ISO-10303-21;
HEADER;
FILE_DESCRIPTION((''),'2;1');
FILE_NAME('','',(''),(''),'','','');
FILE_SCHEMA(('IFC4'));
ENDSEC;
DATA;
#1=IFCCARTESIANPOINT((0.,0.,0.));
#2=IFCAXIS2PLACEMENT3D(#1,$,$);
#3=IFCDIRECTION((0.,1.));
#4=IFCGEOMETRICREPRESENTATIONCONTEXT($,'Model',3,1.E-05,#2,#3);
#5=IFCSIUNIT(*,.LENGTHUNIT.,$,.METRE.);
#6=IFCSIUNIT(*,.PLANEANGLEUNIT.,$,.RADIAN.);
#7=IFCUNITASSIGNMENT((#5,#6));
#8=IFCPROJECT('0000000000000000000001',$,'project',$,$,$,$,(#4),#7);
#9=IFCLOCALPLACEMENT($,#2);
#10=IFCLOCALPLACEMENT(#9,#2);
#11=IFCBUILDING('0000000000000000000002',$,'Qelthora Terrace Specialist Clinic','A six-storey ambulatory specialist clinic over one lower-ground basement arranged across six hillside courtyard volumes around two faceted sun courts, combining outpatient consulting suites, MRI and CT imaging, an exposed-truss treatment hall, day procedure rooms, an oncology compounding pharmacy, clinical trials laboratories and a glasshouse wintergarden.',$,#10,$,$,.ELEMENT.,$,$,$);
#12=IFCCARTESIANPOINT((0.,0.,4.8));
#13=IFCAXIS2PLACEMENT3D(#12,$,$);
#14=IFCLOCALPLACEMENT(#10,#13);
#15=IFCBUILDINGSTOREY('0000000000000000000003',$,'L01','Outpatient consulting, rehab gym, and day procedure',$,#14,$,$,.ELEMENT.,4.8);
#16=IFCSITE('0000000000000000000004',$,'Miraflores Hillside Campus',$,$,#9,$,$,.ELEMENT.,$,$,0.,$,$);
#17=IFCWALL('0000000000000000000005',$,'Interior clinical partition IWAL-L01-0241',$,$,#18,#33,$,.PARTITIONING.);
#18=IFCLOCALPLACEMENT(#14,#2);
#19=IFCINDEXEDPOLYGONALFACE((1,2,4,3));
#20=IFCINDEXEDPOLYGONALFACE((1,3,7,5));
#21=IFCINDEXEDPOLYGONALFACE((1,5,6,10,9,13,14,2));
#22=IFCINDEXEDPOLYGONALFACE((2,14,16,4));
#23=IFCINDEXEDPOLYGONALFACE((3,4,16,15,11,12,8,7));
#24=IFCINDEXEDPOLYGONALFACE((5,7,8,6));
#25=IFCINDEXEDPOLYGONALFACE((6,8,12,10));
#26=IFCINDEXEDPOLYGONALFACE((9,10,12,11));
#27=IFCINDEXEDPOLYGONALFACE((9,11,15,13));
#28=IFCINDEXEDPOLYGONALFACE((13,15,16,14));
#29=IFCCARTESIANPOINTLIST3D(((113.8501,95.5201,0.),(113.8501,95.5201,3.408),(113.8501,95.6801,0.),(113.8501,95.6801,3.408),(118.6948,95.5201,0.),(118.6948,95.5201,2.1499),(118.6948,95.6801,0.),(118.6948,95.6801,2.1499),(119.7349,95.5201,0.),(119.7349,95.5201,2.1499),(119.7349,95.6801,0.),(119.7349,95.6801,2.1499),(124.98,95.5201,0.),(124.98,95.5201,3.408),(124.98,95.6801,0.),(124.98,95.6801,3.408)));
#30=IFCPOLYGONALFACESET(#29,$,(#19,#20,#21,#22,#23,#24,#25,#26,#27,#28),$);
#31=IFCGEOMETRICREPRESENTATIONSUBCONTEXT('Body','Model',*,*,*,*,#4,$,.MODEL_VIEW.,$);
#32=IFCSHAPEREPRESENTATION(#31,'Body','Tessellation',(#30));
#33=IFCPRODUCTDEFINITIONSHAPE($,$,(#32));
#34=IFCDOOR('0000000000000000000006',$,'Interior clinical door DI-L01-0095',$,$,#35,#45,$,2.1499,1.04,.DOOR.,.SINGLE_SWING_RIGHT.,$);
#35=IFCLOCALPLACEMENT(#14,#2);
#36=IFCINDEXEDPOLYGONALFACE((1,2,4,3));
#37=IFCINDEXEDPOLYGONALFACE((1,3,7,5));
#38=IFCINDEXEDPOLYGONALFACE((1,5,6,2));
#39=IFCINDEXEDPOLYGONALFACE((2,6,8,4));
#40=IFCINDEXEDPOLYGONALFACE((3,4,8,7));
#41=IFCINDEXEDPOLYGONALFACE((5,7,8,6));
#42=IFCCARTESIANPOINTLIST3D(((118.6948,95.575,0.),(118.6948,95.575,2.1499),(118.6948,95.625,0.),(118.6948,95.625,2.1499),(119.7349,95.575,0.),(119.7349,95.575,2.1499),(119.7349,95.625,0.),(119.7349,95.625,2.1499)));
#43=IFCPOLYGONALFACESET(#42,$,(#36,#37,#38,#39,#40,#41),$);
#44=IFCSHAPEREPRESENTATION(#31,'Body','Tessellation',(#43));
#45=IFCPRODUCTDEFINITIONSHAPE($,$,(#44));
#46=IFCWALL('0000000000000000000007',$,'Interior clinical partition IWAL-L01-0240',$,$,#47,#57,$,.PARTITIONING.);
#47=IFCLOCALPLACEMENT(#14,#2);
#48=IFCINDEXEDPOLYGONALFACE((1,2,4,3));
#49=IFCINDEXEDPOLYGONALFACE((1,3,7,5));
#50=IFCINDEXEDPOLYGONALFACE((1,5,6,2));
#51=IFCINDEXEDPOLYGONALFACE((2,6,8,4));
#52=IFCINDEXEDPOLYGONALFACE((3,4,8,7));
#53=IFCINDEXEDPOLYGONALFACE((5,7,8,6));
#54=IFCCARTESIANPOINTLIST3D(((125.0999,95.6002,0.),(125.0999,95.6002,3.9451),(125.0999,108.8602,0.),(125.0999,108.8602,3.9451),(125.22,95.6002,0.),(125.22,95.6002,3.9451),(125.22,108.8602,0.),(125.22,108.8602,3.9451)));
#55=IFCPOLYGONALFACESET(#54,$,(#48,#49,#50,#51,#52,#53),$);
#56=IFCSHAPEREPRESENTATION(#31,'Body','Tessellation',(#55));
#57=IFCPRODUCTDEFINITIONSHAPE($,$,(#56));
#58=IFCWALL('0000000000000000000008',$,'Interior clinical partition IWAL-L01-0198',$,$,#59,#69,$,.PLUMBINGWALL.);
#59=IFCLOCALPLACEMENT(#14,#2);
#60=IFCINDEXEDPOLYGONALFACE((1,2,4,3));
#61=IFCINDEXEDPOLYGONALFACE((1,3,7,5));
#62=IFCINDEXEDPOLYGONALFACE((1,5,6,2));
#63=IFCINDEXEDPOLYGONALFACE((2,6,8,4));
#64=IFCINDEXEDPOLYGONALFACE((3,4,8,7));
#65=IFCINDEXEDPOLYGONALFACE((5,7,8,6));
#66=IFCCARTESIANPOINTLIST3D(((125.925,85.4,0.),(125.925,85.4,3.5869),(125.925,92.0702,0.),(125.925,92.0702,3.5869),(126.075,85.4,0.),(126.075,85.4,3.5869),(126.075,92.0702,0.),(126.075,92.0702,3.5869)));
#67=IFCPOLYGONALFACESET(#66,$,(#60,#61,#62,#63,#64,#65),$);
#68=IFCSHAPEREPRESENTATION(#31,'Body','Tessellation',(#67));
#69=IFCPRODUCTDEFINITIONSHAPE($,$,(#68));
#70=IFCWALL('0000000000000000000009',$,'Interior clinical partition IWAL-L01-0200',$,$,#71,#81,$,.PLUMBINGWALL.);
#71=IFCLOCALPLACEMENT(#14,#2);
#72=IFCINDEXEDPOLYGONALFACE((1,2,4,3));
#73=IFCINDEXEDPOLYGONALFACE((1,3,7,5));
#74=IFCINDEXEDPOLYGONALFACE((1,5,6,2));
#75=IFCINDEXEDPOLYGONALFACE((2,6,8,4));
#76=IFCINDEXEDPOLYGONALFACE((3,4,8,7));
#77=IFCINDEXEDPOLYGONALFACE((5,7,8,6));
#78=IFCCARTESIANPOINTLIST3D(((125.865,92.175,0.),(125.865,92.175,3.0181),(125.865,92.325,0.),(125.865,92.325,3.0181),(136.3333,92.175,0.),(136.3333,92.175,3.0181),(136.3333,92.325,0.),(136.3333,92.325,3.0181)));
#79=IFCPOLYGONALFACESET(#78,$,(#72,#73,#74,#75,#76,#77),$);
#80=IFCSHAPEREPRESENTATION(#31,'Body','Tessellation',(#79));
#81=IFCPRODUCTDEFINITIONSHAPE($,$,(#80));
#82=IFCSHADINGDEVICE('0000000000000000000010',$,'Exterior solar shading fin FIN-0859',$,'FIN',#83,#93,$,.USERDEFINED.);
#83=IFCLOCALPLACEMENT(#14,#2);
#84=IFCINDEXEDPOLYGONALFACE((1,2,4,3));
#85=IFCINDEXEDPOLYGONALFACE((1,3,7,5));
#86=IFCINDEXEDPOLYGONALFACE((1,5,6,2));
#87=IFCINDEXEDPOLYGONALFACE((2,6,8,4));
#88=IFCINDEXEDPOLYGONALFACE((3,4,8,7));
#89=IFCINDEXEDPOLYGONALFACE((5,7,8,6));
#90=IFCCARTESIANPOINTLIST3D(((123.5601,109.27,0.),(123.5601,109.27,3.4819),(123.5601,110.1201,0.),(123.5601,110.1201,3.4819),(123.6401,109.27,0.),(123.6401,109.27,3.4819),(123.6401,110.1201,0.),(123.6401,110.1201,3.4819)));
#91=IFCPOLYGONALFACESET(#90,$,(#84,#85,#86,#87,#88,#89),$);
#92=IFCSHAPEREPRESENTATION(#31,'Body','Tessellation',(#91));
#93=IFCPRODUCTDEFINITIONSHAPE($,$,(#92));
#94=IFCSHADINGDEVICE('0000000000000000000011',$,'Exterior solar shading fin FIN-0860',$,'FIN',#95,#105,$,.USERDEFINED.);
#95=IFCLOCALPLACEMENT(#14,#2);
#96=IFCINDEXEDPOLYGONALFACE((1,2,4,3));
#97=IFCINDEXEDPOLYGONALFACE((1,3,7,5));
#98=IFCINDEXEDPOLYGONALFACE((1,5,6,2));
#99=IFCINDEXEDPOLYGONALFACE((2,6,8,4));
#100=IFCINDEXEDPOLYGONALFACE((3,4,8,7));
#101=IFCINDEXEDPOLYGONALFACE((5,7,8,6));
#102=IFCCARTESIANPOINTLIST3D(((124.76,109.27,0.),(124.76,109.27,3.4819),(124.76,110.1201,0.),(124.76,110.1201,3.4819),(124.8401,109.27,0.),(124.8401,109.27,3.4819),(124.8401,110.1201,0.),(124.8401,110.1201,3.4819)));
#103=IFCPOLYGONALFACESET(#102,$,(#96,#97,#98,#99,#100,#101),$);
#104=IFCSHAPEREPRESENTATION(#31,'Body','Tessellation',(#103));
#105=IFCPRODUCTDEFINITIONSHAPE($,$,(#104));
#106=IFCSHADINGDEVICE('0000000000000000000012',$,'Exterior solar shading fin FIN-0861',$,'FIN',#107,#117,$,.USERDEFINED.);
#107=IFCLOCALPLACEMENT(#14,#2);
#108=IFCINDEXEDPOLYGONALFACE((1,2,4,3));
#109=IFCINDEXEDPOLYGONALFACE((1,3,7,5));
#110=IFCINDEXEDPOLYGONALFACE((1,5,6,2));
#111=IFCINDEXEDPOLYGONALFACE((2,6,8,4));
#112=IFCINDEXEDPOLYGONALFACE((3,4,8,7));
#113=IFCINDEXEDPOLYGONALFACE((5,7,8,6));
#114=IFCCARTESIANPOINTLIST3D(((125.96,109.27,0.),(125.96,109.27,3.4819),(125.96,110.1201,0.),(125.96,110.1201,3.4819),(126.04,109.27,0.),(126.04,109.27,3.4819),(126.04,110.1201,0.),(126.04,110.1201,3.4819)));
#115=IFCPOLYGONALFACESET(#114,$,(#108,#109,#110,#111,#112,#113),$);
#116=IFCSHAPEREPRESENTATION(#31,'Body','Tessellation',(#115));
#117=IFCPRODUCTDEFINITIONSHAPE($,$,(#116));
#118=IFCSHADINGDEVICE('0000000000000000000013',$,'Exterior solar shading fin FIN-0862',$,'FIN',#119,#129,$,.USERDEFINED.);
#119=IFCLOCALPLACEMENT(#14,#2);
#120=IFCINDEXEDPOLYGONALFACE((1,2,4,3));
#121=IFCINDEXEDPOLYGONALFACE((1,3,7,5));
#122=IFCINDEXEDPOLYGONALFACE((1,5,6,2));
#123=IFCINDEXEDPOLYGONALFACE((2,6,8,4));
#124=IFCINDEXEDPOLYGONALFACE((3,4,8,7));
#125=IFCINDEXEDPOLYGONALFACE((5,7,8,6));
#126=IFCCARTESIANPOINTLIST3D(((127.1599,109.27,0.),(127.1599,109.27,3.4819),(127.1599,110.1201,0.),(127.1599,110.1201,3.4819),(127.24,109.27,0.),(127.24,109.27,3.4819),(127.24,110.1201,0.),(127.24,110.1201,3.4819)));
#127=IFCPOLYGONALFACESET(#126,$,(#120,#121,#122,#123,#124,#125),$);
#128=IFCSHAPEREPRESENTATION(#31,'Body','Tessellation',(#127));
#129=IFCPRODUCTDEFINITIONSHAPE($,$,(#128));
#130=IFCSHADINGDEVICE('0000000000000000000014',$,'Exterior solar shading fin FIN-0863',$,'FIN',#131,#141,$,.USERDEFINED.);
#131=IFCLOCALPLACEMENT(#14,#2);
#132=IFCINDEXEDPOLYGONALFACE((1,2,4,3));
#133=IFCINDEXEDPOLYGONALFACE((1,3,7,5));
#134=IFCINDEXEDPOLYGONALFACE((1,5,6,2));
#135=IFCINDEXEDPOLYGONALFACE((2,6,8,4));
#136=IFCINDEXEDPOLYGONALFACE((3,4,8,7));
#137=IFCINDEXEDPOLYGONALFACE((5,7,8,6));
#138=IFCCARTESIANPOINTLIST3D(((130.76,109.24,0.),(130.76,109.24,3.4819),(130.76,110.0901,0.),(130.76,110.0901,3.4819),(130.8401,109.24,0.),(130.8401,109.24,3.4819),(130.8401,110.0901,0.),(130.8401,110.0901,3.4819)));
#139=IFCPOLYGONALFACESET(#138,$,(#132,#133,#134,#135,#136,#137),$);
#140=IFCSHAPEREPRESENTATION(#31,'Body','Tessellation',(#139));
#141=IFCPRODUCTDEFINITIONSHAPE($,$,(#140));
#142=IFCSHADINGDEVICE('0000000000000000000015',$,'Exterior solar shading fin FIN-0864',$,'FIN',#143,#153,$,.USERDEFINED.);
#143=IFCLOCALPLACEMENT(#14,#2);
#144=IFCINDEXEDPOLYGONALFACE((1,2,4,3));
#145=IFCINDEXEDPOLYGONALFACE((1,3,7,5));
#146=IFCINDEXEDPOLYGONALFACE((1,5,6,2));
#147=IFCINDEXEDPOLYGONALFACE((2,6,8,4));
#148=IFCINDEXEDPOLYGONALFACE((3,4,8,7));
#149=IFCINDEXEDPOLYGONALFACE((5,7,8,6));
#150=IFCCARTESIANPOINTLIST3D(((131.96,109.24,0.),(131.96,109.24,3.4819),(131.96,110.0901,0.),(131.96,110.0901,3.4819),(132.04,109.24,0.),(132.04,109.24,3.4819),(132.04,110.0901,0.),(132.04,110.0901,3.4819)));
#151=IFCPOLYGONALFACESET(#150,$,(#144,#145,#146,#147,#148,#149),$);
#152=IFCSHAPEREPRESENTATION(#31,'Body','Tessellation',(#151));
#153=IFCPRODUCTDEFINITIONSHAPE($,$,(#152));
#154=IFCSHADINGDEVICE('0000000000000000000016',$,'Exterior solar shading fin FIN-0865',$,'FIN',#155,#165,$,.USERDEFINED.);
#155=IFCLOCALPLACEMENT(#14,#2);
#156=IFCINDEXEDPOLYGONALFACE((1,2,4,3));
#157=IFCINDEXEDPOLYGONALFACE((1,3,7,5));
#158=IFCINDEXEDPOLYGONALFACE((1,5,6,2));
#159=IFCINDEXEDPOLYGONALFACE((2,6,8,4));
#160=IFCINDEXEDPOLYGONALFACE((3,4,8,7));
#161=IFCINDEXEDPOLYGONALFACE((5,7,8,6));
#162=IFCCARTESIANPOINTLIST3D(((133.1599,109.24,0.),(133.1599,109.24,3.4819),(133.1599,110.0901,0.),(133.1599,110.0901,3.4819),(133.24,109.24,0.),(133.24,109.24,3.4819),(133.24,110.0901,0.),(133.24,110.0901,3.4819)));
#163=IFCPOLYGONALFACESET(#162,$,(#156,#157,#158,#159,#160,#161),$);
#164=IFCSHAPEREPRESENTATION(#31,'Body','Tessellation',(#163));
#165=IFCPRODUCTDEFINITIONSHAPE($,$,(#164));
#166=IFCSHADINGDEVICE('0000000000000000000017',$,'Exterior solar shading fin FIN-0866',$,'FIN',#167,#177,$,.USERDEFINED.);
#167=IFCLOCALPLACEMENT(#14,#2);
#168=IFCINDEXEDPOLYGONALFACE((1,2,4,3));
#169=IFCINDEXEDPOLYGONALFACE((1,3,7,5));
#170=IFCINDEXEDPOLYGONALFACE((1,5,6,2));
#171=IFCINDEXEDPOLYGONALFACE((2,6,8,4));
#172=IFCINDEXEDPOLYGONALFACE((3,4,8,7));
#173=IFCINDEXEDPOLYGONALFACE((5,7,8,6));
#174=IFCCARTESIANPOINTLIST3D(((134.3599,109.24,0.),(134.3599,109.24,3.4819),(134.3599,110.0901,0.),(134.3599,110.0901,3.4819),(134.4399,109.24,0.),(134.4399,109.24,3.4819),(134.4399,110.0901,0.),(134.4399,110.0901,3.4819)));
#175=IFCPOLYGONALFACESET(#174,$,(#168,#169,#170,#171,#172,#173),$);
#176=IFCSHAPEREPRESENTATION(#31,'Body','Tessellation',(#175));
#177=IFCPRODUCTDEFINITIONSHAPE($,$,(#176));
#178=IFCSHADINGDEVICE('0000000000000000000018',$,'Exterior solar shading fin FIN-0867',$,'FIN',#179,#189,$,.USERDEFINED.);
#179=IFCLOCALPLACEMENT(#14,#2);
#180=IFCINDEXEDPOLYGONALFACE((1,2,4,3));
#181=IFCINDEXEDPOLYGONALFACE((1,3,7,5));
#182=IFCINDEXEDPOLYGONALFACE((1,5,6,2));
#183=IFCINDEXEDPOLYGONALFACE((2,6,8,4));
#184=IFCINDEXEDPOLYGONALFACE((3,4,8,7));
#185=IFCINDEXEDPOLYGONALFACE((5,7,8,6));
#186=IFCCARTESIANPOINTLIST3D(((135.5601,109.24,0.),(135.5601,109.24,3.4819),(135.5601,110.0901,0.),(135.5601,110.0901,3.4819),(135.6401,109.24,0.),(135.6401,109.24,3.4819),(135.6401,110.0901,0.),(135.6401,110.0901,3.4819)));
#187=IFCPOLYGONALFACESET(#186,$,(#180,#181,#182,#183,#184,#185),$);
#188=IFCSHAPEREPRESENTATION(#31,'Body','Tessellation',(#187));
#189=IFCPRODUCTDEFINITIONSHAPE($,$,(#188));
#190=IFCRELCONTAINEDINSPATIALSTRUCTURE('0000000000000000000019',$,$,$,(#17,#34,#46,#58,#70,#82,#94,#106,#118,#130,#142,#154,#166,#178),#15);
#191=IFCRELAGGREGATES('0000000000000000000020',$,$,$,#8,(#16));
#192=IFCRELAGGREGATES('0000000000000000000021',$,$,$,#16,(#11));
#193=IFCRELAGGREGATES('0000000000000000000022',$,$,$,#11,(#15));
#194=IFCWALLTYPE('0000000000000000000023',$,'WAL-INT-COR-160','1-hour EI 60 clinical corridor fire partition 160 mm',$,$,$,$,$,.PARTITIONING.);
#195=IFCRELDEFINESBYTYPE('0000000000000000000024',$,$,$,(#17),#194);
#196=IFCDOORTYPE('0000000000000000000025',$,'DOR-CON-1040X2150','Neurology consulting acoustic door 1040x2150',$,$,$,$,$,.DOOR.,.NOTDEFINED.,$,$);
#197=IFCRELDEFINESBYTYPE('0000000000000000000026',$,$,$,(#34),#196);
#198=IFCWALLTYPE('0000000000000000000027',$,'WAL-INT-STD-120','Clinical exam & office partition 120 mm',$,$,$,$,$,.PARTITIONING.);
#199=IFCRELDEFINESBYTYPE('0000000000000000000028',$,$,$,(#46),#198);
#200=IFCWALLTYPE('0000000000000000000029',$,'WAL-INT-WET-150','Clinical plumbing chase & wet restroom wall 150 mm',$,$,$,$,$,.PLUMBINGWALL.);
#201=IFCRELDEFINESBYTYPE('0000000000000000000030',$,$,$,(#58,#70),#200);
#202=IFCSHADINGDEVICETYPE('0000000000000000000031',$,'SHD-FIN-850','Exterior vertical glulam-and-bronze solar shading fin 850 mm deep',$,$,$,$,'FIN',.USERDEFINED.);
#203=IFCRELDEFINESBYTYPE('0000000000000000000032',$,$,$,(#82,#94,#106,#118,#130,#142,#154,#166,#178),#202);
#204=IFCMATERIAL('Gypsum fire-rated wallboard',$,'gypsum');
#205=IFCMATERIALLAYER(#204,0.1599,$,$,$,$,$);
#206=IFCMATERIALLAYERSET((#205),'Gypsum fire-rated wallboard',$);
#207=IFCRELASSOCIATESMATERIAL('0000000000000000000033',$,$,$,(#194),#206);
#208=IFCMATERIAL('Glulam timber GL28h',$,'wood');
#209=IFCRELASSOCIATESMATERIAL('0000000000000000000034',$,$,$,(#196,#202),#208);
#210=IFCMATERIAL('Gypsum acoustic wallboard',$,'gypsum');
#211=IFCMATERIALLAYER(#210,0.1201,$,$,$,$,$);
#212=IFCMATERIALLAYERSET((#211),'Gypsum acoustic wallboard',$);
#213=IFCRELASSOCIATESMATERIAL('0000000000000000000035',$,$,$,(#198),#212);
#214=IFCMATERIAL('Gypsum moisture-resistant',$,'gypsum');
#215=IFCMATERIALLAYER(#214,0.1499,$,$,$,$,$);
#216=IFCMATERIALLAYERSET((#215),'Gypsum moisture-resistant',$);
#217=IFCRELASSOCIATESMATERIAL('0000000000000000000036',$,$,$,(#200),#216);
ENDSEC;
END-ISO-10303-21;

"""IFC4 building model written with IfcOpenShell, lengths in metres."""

from ifc_helpers import new_model, si_unit, direction, frame, frame_2d, origin, origin_2d, place, context, subcontext, project, spatial, rectangle, extrude, material, layer, layer_set, type_object, element, fill, save


model = new_model("IFC4")

# Units and contexts
model_context = context("Model", 3, precision=1e-05, world=origin(), true_north=direction((0.0, 1.0)))
body_context = subcontext(model_context, "Body", "Model", "MODEL_VIEW")
ifc_project = project(units=[si_unit("LENGTHUNIT", "METRE"), si_unit("PLANEANGLEUNIT", "RADIAN")], contexts=[model_context])

# Site, building, storey
site_placement = place(None, origin())
site = spatial("IfcSite", under=ifc_project, at=site_placement, Name="Miraflores Hillside Campus", CompositionType="ELEMENT", RefElevation=0.0)
building_placement = place(site_placement, origin())
building = spatial("IfcBuilding", under=site, at=building_placement, Name="Qelthora Terrace Specialist Clinic", Description="A six-storey ambulatory specialist clinic over one lower-ground basement arranged across six hillside courtyard volumes around two faceted sun courts, combining outpatient consulting suites, MRI and CT imaging, an exposed-truss treatment hall, day procedure rooms, an oncology compounding pharmacy, clinical trials laboratories and a glasshouse wintergarden.", CompositionType="ELEMENT")
storey_placement = place(building_placement, frame((0.0, 0.0, 4.8)))
storey = spatial("IfcBuildingStorey", under=building, at=storey_placement, Name="L01", Description="Outpatient consulting, rehab gym, and day procedure", CompositionType="ELEMENT", Elevation=4.8)

# Wall, opening, door
ifc_material_1 = material(Name="Gypsum fire-rated wallboard", Category="gypsum")
ifc_layer_1 = layer(ifc_material_1, 0.1599)
ifc_layer_set_1 = layer_set([ifc_layer_1], Name="Gypsum fire-rated wallboard")
wall_type_1 = type_object("IfcWallType", Name="WAL-INT-COR-160", Description="1-hour EI 60 clinical corridor fire partition 160 mm", PredefinedType="PARTITIONING", material=ifc_layer_set_1)
wall_1_placement = place(storey_placement, frame((124.98, 95.6001, 0.0), z_axis=(0.0, 0.0, 1.0), x_axis=(-1.0, 0.0, 0.0)))
wall_1 = element("IfcWall", 1, at=wall_1_placement, inside=storey, type_object=wall_type_1, Name="Interior clinical partition IWAL-L01-0241", PredefinedType="PARTITIONING", context=body_context, shape_type="SweptSolid", body=[
    extrude(rectangle(XDim=11.1299, YDim=0.1599, at=frame_2d((5.5649, 0.0))), origin(), (0.0, 0.0, 1.0), 3.408),
])
opening_1_placement = place(wall_1_placement, frame((5.2451, 0.0, 0.0)))
opening_1 = element("IfcOpeningElement", 2, at=opening_1_placement, cuts=wall_1, PredefinedType="OPENING", context=body_context, shape_type="SweptSolid", body=[
    extrude(rectangle(XDim=1.04, YDim=2.1499, at=frame_2d((0.52, 1.075))), frame((0.0, 0.0898, 0.0), z_axis=(0.0, -1.0, 0.0), x_axis=(1.0, 0.0, 0.0)), (0.0, 0.0, 1.0), 0.1799),
])
ifc_material_2 = material(Name="Glulam timber GL28h", Category="wood")
door_type = type_object("IfcDoorType", Name="DOR-CON-1040X2150", Description="Neurology consulting acoustic door 1040x2150", OperationType="NOTDEFINED", PredefinedType="DOOR", material=ifc_material_2)
door_placement = place(opening_1_placement, frame((1.04, 0.0, 0.0), z_axis=(0.0, 0.0, 1.0), x_axis=(-1.0, 0.0, 0.0)))
door = element("IfcDoor", 3, at=door_placement, inside=storey, type_object=door_type, Name="Interior clinical door DI-L01-0095", OperationType="SINGLE_SWING_RIGHT", OverallHeight=2.1499, OverallWidth=1.04, PredefinedType="DOOR", context=body_context, shape_type="SweptSolid", body=[
    extrude(rectangle(XDim=1.04, YDim=2.1499, at=frame_2d((0.52, 1.075))), frame((0.0, 0.0249, 0.0), z_axis=(0.0, -1.0, 0.0), x_axis=(1.0, 0.0, 0.0)), (0.0, 0.0, 1.0), 0.05),
])
fill(opening_1, door)

# Walls
ifc_material_3 = material(Name="Gypsum acoustic wallboard", Category="gypsum")
ifc_layer_2 = layer(ifc_material_3, 0.1201)
ifc_layer_set_2 = layer_set([ifc_layer_2], Name="Gypsum acoustic wallboard")
wall_type_2 = type_object("IfcWallType", Name="WAL-INT-STD-120", Description="Clinical exam & office partition 120 mm", PredefinedType="PARTITIONING", material=ifc_layer_set_2)
wall_2_placement = place(storey_placement, frame((125.1599, 108.8601, 0.0), z_axis=(0.0, 0.0, 1.0), x_axis=(0.0, -1.0, 0.0)))
element("IfcWall", 4, at=wall_2_placement, inside=storey, type_object=wall_type_2, Name="Interior clinical partition IWAL-L01-0240", PredefinedType="PARTITIONING", context=body_context, shape_type="SweptSolid", body=[
    extrude(rectangle(XDim=13.26, YDim=0.1201, at=frame_2d((6.6299, 0.0))), origin(), (0.0, 0.0, 1.0), 3.9451),
])
ifc_material_4 = material(Name="Gypsum moisture-resistant", Category="gypsum")
ifc_layer_3 = layer(ifc_material_4, 0.1499)
ifc_layer_set_3 = layer_set([ifc_layer_3], Name="Gypsum moisture-resistant")
wall_type_3 = type_object("IfcWallType", Name="WAL-INT-WET-150", Description="Clinical plumbing chase & wet restroom wall 150 mm", PredefinedType="PLUMBINGWALL", material=ifc_layer_set_3)
wall_3_placement = place(storey_placement, frame((126.0, 92.0701, 0.0), z_axis=(0.0, 0.0, 1.0), x_axis=(0.0, -1.0, 0.0)))
element("IfcWall", 5, at=wall_3_placement, inside=storey, type_object=wall_type_3, Name="Interior clinical partition IWAL-L01-0198", PredefinedType="PLUMBINGWALL", context=body_context, shape_type="SweptSolid", body=[
    extrude(rectangle(XDim=6.6702, YDim=0.1499, at=frame_2d((3.335, 0.0))), origin(), (0.0, 0.0, 1.0), 3.5869),
])
wall_4_placement = place(storey_placement, frame((125.865, 92.25, 0.0), z_axis=(0.0, 0.0, 1.0), x_axis=(1.0, 0.0, 0.0)))
element("IfcWall", 6, at=wall_4_placement, inside=storey, type_object=wall_type_3, Name="Interior clinical partition IWAL-L01-0200", PredefinedType="PLUMBINGWALL", context=body_context, shape_type="SweptSolid", body=[
    extrude(rectangle(XDim=10.4683, YDim=0.1499, at=frame_2d((5.2341, 0.0))), origin(), (0.0, 0.0, 1.0), 3.0181),
])

# Shading devices
shading_device_type = type_object("IfcShadingDeviceType", Name="SHD-FIN-850", Description="Exterior vertical glulam-and-bronze solar shading fin 850 mm deep", ElementType="FIN", PredefinedType="USERDEFINED", material=ifc_material_2)
for number, where, z_axis, x_axis, name in (
    (7, (123.6001, 109.6951, 0.0), (0.0, 0.0, 1.0), (0.0, 1.0, 0.0), "Exterior solar shading fin FIN-0859"),
    (8, (124.8, 109.6951, 0.0), (0.0, 0.0, 1.0), (0.0, 1.0, 0.0), "Exterior solar shading fin FIN-0860"),
    (9, (126.0, 109.6951, 0.0), (0.0, 0.0, 1.0), (0.0, 1.0, 0.0), "Exterior solar shading fin FIN-0861"),
    (10, (127.2, 109.6951, 0.0), (0.0, 0.0, 1.0), (0.0, 1.0, 0.0), "Exterior solar shading fin FIN-0862"),
    (11, (130.8, 109.665, 0.0), (0.0, 0.0, 1.0), (0.0, 1.0, 0.0), "Exterior solar shading fin FIN-0863"),
    (12, (132.0, 109.665, 0.0), (0.0, 0.0, 1.0), (0.0, 1.0, 0.0), "Exterior solar shading fin FIN-0864"),
    (13, (133.2, 109.665, 0.0), (0.0, 0.0, 1.0), (0.0, 1.0, 0.0), "Exterior solar shading fin FIN-0865"),
    (14, (134.3999, 109.665, 0.0), (0.0, 0.0, 1.0), (0.0, 1.0, 0.0), "Exterior solar shading fin FIN-0866"),
    (15, (135.6001, 109.665, 0.0), (0.0, 0.0, 1.0), (0.0, 1.0, 0.0), "Exterior solar shading fin FIN-0867"),
):
    element("IfcShadingDevice", number, at=place(storey_placement, frame(where, z_axis=z_axis, x_axis=x_axis)), inside=storey, type_object=shading_device_type, Name=name, ObjectType="FIN", PredefinedType="USERDEFINED", context=body_context, shape_type="SweptSolid", body=[
        extrude(rectangle(XDim=0.8501, YDim=0.0801, at=origin_2d()), origin(), (0.0, 0.0, 1.0), 3.4819),
    ])

save(model, "model.ifc")
